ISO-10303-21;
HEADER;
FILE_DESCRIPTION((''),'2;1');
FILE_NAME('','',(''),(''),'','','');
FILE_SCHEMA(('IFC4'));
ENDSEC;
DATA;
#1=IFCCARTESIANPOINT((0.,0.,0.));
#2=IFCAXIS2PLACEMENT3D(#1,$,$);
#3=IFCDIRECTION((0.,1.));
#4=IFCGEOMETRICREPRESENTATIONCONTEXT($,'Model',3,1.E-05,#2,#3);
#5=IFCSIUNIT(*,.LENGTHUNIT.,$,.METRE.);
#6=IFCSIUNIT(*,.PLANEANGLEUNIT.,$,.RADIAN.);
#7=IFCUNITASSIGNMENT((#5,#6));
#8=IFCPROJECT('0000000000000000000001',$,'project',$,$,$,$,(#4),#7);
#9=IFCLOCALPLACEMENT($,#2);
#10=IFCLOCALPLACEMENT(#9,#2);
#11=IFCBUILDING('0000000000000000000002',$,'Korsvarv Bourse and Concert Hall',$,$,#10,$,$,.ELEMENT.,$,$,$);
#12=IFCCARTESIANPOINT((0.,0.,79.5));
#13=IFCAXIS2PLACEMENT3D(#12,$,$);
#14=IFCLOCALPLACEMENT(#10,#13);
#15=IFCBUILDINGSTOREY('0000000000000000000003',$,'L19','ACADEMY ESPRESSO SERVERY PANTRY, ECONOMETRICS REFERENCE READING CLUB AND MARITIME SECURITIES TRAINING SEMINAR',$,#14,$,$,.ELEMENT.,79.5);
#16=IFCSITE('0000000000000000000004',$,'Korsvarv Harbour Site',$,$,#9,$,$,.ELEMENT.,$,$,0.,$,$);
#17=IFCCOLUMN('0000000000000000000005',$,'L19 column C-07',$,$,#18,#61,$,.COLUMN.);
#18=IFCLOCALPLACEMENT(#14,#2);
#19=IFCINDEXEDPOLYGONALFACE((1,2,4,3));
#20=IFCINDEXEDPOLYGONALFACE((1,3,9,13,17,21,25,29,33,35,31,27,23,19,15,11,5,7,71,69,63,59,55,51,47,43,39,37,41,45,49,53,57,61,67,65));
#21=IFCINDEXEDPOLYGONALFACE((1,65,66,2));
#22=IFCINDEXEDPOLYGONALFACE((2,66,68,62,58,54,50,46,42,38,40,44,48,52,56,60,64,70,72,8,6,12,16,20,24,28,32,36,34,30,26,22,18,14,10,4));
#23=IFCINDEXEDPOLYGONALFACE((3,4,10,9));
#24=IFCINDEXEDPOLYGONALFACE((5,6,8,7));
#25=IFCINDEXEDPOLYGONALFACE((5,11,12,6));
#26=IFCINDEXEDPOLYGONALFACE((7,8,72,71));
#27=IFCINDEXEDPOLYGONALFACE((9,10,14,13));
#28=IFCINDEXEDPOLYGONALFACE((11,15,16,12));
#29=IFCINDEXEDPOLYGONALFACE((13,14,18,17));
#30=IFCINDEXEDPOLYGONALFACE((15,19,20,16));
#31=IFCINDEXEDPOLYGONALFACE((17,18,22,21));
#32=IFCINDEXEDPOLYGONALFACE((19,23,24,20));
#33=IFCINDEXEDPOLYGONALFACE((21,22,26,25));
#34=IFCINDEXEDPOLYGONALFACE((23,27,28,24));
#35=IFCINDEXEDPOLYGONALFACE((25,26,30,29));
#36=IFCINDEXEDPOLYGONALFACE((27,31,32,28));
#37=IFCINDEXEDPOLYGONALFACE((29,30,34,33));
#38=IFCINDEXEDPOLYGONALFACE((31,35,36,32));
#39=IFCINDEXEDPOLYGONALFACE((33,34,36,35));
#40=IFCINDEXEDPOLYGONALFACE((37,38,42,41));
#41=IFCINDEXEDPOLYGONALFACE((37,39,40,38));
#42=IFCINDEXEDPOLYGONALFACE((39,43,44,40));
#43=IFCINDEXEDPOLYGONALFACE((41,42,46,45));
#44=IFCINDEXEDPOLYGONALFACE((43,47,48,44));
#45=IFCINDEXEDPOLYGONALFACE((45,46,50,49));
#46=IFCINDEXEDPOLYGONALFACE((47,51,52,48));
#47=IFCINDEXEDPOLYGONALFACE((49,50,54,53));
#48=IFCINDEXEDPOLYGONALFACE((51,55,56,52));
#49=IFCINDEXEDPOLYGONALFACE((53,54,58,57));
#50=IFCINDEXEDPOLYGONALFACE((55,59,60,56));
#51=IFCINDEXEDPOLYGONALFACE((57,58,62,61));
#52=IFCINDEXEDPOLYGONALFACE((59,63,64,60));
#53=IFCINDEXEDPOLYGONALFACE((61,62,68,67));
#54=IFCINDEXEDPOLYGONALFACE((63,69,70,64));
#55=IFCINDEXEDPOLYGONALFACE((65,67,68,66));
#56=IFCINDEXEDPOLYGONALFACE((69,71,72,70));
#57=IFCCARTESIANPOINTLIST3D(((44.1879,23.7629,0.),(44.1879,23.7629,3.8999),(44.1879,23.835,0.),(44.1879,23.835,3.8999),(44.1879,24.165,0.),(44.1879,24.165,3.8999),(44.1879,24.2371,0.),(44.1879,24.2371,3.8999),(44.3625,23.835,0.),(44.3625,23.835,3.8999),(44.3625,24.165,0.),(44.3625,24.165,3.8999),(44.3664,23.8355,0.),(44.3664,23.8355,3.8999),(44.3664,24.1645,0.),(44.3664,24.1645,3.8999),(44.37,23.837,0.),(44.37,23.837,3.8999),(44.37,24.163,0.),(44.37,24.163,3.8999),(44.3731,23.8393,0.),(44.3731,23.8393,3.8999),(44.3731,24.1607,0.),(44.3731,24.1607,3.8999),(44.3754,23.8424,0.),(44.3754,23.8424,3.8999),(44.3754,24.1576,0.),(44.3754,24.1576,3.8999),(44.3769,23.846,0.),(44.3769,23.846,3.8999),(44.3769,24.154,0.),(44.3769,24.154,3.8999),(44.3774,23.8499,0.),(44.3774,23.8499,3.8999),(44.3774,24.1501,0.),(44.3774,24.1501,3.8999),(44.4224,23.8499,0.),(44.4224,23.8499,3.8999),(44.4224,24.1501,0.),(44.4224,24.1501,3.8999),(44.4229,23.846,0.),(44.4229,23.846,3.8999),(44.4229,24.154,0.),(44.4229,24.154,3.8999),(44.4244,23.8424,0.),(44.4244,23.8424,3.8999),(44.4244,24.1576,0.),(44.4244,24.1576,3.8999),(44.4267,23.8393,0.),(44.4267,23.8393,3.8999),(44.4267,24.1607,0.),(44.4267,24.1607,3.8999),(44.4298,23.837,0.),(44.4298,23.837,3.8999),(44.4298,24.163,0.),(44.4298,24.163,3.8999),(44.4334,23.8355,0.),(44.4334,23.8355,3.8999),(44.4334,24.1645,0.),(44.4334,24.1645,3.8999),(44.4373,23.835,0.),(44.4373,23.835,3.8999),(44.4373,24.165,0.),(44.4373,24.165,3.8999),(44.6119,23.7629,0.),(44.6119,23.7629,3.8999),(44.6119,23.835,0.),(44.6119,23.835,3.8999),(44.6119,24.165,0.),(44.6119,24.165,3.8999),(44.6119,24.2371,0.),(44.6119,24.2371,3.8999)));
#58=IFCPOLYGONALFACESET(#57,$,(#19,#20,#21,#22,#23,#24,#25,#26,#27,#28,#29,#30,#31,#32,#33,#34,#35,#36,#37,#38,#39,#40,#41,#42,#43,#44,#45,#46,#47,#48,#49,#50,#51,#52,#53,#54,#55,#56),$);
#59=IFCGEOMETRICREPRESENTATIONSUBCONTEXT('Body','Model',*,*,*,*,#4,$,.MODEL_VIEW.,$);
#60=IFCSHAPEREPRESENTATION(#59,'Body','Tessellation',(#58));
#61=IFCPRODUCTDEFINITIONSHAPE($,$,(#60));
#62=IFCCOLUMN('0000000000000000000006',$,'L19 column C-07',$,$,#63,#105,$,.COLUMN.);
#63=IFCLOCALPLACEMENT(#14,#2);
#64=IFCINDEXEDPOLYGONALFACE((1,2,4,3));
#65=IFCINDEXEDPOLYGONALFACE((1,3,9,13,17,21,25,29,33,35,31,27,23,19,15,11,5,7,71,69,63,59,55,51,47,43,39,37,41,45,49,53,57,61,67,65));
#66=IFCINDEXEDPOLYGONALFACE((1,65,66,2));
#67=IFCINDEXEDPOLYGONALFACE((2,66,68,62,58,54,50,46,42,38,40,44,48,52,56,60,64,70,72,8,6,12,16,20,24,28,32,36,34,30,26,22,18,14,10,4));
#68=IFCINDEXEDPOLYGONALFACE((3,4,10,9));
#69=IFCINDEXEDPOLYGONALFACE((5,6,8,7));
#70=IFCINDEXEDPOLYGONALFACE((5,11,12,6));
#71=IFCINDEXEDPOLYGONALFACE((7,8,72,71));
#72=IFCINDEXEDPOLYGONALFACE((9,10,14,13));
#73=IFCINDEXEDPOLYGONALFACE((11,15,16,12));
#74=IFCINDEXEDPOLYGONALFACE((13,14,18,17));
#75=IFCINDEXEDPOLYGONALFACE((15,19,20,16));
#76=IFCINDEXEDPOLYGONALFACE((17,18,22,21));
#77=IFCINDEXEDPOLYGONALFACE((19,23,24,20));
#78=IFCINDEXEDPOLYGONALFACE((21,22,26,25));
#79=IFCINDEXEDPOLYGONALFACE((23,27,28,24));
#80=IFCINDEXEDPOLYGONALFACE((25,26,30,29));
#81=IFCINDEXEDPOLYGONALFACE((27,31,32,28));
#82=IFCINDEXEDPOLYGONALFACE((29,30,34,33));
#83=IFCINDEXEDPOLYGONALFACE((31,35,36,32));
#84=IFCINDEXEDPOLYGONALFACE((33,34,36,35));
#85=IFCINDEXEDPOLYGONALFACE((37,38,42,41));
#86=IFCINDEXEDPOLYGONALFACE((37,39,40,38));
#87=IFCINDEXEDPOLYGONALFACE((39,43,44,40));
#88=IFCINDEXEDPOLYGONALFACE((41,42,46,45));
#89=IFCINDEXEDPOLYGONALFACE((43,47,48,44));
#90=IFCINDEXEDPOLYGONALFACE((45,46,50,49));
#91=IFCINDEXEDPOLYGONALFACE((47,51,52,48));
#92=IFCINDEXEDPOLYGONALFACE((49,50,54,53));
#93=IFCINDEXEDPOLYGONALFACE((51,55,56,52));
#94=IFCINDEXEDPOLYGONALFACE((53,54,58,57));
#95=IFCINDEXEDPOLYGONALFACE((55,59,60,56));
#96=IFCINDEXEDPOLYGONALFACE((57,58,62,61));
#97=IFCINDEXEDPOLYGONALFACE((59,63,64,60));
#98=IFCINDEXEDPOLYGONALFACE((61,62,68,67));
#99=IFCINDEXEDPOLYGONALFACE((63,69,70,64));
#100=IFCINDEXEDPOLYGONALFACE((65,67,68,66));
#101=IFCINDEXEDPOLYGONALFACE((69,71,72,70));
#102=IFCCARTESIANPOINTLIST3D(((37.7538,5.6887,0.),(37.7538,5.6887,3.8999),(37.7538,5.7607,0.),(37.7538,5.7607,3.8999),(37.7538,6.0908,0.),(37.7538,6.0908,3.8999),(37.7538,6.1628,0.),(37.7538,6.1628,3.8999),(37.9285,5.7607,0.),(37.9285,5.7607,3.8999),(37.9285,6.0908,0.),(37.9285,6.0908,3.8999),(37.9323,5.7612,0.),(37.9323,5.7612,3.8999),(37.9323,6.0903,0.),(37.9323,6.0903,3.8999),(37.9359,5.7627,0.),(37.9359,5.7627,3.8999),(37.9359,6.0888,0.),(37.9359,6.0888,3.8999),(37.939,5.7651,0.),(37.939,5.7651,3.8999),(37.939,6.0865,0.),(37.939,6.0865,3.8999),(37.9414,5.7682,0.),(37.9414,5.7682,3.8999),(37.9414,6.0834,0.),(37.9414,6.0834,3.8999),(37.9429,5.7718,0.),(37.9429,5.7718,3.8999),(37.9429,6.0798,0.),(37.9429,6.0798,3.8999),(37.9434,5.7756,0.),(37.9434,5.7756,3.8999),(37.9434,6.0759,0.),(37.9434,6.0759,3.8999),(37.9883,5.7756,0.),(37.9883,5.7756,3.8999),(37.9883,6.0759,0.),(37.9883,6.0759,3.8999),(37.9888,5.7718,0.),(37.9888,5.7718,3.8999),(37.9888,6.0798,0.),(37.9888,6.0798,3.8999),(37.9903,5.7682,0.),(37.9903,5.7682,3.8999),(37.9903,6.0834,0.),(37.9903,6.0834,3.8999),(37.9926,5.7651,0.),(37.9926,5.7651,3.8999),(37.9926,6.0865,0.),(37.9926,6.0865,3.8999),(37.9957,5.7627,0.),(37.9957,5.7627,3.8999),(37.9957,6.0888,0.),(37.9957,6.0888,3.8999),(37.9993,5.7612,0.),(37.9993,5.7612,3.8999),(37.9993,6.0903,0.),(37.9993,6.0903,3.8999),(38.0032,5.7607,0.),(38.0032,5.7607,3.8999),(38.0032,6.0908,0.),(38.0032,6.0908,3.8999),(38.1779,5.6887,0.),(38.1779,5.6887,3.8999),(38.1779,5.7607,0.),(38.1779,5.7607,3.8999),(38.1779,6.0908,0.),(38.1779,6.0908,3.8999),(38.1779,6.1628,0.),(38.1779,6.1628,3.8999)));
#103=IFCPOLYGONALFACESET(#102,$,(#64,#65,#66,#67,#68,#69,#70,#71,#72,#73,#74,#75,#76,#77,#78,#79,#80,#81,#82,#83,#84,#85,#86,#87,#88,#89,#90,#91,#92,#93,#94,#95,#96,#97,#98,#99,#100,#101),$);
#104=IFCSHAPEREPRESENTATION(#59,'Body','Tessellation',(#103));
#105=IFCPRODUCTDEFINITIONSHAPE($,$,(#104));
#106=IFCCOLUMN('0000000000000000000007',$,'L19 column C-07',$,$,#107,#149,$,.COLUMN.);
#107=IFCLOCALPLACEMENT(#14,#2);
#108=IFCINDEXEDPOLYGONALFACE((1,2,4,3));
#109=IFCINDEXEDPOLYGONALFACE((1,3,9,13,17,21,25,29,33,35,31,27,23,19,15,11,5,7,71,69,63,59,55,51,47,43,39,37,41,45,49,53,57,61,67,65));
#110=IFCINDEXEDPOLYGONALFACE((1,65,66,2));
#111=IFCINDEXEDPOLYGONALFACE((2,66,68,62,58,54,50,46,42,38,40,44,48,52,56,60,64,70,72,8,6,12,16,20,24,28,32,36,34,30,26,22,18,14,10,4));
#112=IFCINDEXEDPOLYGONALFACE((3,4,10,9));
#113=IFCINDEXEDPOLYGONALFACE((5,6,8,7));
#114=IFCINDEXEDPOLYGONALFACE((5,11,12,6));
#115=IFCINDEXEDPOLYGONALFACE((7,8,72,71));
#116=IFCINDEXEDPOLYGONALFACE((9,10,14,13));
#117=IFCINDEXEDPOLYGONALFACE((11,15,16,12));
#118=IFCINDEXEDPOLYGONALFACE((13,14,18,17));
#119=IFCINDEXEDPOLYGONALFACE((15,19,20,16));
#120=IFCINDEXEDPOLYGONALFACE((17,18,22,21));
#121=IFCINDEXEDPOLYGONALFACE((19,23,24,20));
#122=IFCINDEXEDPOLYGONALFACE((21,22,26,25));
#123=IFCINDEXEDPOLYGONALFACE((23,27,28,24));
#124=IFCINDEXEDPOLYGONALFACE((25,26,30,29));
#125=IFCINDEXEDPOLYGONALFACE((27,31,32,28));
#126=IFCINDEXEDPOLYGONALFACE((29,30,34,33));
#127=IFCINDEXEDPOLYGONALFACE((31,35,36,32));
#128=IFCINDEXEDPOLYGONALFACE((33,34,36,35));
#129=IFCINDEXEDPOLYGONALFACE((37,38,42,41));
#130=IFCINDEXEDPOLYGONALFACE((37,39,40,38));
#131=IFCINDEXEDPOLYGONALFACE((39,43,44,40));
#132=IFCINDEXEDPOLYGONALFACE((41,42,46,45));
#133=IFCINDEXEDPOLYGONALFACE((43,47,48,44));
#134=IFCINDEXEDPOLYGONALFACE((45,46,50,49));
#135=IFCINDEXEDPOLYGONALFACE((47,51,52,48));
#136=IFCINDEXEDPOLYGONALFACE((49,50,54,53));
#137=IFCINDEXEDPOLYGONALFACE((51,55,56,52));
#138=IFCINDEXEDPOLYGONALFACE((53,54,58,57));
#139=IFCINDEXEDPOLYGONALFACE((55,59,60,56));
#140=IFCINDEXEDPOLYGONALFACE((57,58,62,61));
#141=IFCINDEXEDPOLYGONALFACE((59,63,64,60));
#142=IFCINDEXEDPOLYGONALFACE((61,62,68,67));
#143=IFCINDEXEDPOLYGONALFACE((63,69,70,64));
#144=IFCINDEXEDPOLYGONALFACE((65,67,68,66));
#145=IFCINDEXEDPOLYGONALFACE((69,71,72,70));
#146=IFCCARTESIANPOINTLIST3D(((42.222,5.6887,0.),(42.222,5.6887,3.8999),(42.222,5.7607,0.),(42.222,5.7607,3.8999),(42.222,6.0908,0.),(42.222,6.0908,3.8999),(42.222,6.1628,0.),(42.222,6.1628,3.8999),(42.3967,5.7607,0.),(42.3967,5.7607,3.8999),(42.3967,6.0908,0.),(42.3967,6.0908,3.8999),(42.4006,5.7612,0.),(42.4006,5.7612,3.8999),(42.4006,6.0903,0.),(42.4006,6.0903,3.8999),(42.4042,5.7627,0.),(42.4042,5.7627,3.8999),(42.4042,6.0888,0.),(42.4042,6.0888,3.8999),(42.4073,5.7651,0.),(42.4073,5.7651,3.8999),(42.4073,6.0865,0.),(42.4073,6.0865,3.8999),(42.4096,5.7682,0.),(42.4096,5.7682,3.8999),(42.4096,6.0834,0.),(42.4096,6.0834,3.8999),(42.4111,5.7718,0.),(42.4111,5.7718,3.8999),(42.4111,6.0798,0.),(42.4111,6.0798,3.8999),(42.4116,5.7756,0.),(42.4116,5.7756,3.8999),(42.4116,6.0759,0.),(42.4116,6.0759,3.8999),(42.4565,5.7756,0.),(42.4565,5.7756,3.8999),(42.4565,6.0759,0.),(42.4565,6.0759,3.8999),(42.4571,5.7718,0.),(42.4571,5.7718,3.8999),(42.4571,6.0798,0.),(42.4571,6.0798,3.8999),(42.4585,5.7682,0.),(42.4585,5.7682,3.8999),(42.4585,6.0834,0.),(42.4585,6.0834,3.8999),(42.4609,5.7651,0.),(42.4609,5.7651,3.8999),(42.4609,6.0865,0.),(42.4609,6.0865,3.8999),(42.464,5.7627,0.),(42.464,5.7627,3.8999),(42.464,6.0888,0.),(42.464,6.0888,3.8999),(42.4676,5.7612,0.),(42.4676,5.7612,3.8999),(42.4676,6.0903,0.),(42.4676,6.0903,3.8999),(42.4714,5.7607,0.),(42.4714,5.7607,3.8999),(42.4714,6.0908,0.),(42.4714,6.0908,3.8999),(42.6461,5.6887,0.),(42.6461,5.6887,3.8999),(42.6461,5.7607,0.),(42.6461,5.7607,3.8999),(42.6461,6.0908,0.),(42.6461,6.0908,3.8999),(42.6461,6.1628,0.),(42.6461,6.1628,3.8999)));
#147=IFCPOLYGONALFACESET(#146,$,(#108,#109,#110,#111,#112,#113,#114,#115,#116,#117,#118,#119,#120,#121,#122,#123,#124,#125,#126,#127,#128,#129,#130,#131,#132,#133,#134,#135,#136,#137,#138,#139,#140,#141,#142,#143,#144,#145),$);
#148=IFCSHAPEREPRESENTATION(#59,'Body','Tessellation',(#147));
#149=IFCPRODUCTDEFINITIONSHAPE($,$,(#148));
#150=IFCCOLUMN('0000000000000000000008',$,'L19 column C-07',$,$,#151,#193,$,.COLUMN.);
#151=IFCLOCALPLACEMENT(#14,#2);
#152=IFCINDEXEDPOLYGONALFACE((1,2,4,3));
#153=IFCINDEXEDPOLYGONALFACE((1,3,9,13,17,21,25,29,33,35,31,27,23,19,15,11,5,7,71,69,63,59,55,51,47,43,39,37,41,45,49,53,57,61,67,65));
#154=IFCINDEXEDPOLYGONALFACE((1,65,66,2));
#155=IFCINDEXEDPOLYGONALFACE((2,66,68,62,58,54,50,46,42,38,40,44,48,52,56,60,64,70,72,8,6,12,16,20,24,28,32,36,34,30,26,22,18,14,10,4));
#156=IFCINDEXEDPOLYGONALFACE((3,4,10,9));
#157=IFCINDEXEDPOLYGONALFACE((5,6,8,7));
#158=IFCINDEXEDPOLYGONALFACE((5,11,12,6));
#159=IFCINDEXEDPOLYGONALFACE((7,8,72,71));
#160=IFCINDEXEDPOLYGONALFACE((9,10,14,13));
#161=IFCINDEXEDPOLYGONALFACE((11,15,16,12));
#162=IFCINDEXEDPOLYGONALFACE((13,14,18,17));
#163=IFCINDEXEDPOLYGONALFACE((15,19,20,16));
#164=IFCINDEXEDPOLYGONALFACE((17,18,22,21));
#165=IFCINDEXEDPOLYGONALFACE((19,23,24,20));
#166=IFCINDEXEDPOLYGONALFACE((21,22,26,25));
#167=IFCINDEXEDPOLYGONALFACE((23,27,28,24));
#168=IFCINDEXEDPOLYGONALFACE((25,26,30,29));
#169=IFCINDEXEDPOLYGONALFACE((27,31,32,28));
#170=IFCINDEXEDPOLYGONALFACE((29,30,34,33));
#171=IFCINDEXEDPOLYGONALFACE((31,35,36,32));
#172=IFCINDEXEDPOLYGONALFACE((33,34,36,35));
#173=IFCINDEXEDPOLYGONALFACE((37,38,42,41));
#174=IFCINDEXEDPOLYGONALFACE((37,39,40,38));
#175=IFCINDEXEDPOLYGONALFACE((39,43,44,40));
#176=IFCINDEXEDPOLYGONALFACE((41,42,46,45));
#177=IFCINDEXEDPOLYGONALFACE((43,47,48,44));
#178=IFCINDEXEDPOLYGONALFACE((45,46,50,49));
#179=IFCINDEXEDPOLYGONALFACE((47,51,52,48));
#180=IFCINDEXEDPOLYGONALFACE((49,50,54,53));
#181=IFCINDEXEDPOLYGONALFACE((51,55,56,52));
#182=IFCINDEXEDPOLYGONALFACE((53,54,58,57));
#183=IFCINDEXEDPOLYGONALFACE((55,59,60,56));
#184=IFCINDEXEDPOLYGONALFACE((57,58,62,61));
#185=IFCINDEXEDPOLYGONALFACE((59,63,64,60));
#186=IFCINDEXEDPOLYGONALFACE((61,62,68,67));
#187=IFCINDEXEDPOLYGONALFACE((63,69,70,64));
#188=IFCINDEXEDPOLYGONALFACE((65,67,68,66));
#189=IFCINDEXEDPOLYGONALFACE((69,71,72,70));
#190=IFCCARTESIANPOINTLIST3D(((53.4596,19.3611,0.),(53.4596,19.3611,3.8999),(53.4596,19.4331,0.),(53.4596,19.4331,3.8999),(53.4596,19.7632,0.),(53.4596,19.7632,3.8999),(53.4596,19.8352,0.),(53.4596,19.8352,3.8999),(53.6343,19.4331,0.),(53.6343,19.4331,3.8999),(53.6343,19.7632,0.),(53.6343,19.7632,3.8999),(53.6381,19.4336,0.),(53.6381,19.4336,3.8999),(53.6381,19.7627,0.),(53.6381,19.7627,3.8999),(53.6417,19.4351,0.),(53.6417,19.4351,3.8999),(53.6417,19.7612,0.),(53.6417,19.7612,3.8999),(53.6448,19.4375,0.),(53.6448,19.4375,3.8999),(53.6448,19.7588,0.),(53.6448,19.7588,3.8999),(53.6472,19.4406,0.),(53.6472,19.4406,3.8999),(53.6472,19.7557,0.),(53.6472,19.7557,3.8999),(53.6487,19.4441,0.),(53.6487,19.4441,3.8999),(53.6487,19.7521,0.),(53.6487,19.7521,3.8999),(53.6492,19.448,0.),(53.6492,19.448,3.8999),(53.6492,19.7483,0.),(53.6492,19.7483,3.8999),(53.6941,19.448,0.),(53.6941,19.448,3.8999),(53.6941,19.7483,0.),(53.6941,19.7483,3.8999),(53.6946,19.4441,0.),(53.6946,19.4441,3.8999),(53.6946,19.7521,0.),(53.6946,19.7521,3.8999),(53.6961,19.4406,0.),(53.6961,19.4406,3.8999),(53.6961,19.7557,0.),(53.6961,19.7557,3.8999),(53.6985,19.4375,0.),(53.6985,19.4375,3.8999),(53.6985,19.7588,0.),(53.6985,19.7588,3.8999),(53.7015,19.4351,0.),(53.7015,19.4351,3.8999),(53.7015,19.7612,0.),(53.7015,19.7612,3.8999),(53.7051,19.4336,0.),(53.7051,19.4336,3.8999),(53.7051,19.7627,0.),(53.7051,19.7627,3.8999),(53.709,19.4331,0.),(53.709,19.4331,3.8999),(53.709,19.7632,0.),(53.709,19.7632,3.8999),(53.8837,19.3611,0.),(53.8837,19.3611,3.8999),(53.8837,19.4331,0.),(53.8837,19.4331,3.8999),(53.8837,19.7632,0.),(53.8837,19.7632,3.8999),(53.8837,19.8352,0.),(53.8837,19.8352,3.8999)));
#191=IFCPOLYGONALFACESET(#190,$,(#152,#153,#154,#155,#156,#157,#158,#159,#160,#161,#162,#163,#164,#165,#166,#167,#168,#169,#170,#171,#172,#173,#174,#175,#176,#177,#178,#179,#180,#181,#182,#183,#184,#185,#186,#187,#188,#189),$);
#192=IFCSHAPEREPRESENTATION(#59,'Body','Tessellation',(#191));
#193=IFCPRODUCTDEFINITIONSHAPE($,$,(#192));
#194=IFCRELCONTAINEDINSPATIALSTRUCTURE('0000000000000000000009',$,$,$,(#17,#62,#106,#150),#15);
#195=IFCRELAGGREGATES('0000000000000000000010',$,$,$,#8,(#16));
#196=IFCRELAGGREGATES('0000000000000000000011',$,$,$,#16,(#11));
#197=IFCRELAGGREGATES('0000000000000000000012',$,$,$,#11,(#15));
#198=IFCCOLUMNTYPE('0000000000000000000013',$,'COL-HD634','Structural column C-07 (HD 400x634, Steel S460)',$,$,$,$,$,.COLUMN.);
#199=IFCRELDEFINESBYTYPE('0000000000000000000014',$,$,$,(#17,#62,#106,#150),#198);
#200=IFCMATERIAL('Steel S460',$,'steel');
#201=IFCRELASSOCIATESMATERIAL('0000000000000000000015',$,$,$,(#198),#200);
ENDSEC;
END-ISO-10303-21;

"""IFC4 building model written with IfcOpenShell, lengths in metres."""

from ifc_helpers import new_model, si_unit, direction, frame, origin, origin_2d, place, context, subcontext, project, spatial, i_section, extrude, source, transform, mapped, material, material_profile, profile_set, type_object, element, save


model = new_model("IFC4")

# Units and contexts
model_context = context("Model", 3, precision=1e-05, world=origin(), true_north=direction((0.0, 1.0)))
body_context = subcontext(model_context, "Body", "Model", "MODEL_VIEW")
ifc_project = project(units=[si_unit("LENGTHUNIT", "METRE"), si_unit("PLANEANGLEUNIT", "RADIAN")], contexts=[model_context])

# Site, building, storey
site_placement = place(None, origin())
site = spatial("IfcSite", under=ifc_project, at=site_placement, Name="Korsvarv Harbour Site", CompositionType="ELEMENT", RefElevation=0.0)
building_placement = place(site_placement, origin())
building = spatial("IfcBuilding", under=site, at=building_placement, Name="Korsvarv Bourse and Concert Hall", CompositionType="ELEMENT")
storey_placement = place(building_placement, frame((0.0, 0.0, 79.5)))
storey = spatial("IfcBuildingStorey", under=building, at=storey_placement, Name="L19", Description="ACADEMY ESPRESSO SERVERY PANTRY, ECONOMETRICS REFERENCE READING CLUB AND MARITIME SECURITIES TRAINING SEMINAR", CompositionType="ELEMENT", Elevation=79.5)

# Columns
ifc_material_1 = material(Name="Steel S460", Category="steel")
ifc_material_profile_1 = material_profile(ifc_material_1, i_section(OverallWidth=0.4241, OverallDepth=0.4741, WebThickness=0.0449, FlangeThickness=0.072, FilletRadius=0.0149, at=origin_2d()), Name="HD 400x634")
ifc_profile_set_1 = profile_set([ifc_material_profile_1], Name="Steel S460")
column_type = type_object("IfcColumnType", Name="COL-HD634", Description="Structural column C-07 (HD 400x634, Steel S460)", PredefinedType="COLUMN", material=ifc_profile_set_1)
shared_shape_1 = source(origin(), body_context, "Body", "SweptSolid", [
    extrude(i_section(OverallWidth=0.4241, OverallDepth=0.4741, WebThickness=0.0449, FlangeThickness=0.072, FilletRadius=0.0149, at=origin_2d()), origin(), (0.0, 0.0, 1.0), 3.8999),
])
for number, where, z_axis, x_axis, name in (
    (1, (44.3999, 24.0, 0.0), (0.0, 0.0, 1.0), (1.0, 0.0, 0.0), "L19 column C-07"),
    (2, (37.9658, 5.9258, 0.0), (0.0, 0.0, 1.0), (1.0, 0.0, 0.0), "L19 column C-07"),
    (3, (42.4341, 5.9258, 0.0), (0.0, 0.0, 1.0), (1.0, 0.0, 0.0), "L19 column C-07"),
    (4, (53.6716, 19.5981, 0.0), (0.0, 0.0, 1.0), (1.0, 0.0, 0.0), "L19 column C-07"),
):
    element("IfcColumn", number, at=place(storey_placement, frame(where, z_axis=z_axis, x_axis=x_axis)), inside=storey, type_object=column_type, Name=name, PredefinedType="COLUMN", context=body_context, shape_type="MappedRepresentation", body=[
        mapped(shared_shape_1, transform((0.0, 0.0, 0.0), scale=1.0)),
    ])

save(model, "model.ifc")
